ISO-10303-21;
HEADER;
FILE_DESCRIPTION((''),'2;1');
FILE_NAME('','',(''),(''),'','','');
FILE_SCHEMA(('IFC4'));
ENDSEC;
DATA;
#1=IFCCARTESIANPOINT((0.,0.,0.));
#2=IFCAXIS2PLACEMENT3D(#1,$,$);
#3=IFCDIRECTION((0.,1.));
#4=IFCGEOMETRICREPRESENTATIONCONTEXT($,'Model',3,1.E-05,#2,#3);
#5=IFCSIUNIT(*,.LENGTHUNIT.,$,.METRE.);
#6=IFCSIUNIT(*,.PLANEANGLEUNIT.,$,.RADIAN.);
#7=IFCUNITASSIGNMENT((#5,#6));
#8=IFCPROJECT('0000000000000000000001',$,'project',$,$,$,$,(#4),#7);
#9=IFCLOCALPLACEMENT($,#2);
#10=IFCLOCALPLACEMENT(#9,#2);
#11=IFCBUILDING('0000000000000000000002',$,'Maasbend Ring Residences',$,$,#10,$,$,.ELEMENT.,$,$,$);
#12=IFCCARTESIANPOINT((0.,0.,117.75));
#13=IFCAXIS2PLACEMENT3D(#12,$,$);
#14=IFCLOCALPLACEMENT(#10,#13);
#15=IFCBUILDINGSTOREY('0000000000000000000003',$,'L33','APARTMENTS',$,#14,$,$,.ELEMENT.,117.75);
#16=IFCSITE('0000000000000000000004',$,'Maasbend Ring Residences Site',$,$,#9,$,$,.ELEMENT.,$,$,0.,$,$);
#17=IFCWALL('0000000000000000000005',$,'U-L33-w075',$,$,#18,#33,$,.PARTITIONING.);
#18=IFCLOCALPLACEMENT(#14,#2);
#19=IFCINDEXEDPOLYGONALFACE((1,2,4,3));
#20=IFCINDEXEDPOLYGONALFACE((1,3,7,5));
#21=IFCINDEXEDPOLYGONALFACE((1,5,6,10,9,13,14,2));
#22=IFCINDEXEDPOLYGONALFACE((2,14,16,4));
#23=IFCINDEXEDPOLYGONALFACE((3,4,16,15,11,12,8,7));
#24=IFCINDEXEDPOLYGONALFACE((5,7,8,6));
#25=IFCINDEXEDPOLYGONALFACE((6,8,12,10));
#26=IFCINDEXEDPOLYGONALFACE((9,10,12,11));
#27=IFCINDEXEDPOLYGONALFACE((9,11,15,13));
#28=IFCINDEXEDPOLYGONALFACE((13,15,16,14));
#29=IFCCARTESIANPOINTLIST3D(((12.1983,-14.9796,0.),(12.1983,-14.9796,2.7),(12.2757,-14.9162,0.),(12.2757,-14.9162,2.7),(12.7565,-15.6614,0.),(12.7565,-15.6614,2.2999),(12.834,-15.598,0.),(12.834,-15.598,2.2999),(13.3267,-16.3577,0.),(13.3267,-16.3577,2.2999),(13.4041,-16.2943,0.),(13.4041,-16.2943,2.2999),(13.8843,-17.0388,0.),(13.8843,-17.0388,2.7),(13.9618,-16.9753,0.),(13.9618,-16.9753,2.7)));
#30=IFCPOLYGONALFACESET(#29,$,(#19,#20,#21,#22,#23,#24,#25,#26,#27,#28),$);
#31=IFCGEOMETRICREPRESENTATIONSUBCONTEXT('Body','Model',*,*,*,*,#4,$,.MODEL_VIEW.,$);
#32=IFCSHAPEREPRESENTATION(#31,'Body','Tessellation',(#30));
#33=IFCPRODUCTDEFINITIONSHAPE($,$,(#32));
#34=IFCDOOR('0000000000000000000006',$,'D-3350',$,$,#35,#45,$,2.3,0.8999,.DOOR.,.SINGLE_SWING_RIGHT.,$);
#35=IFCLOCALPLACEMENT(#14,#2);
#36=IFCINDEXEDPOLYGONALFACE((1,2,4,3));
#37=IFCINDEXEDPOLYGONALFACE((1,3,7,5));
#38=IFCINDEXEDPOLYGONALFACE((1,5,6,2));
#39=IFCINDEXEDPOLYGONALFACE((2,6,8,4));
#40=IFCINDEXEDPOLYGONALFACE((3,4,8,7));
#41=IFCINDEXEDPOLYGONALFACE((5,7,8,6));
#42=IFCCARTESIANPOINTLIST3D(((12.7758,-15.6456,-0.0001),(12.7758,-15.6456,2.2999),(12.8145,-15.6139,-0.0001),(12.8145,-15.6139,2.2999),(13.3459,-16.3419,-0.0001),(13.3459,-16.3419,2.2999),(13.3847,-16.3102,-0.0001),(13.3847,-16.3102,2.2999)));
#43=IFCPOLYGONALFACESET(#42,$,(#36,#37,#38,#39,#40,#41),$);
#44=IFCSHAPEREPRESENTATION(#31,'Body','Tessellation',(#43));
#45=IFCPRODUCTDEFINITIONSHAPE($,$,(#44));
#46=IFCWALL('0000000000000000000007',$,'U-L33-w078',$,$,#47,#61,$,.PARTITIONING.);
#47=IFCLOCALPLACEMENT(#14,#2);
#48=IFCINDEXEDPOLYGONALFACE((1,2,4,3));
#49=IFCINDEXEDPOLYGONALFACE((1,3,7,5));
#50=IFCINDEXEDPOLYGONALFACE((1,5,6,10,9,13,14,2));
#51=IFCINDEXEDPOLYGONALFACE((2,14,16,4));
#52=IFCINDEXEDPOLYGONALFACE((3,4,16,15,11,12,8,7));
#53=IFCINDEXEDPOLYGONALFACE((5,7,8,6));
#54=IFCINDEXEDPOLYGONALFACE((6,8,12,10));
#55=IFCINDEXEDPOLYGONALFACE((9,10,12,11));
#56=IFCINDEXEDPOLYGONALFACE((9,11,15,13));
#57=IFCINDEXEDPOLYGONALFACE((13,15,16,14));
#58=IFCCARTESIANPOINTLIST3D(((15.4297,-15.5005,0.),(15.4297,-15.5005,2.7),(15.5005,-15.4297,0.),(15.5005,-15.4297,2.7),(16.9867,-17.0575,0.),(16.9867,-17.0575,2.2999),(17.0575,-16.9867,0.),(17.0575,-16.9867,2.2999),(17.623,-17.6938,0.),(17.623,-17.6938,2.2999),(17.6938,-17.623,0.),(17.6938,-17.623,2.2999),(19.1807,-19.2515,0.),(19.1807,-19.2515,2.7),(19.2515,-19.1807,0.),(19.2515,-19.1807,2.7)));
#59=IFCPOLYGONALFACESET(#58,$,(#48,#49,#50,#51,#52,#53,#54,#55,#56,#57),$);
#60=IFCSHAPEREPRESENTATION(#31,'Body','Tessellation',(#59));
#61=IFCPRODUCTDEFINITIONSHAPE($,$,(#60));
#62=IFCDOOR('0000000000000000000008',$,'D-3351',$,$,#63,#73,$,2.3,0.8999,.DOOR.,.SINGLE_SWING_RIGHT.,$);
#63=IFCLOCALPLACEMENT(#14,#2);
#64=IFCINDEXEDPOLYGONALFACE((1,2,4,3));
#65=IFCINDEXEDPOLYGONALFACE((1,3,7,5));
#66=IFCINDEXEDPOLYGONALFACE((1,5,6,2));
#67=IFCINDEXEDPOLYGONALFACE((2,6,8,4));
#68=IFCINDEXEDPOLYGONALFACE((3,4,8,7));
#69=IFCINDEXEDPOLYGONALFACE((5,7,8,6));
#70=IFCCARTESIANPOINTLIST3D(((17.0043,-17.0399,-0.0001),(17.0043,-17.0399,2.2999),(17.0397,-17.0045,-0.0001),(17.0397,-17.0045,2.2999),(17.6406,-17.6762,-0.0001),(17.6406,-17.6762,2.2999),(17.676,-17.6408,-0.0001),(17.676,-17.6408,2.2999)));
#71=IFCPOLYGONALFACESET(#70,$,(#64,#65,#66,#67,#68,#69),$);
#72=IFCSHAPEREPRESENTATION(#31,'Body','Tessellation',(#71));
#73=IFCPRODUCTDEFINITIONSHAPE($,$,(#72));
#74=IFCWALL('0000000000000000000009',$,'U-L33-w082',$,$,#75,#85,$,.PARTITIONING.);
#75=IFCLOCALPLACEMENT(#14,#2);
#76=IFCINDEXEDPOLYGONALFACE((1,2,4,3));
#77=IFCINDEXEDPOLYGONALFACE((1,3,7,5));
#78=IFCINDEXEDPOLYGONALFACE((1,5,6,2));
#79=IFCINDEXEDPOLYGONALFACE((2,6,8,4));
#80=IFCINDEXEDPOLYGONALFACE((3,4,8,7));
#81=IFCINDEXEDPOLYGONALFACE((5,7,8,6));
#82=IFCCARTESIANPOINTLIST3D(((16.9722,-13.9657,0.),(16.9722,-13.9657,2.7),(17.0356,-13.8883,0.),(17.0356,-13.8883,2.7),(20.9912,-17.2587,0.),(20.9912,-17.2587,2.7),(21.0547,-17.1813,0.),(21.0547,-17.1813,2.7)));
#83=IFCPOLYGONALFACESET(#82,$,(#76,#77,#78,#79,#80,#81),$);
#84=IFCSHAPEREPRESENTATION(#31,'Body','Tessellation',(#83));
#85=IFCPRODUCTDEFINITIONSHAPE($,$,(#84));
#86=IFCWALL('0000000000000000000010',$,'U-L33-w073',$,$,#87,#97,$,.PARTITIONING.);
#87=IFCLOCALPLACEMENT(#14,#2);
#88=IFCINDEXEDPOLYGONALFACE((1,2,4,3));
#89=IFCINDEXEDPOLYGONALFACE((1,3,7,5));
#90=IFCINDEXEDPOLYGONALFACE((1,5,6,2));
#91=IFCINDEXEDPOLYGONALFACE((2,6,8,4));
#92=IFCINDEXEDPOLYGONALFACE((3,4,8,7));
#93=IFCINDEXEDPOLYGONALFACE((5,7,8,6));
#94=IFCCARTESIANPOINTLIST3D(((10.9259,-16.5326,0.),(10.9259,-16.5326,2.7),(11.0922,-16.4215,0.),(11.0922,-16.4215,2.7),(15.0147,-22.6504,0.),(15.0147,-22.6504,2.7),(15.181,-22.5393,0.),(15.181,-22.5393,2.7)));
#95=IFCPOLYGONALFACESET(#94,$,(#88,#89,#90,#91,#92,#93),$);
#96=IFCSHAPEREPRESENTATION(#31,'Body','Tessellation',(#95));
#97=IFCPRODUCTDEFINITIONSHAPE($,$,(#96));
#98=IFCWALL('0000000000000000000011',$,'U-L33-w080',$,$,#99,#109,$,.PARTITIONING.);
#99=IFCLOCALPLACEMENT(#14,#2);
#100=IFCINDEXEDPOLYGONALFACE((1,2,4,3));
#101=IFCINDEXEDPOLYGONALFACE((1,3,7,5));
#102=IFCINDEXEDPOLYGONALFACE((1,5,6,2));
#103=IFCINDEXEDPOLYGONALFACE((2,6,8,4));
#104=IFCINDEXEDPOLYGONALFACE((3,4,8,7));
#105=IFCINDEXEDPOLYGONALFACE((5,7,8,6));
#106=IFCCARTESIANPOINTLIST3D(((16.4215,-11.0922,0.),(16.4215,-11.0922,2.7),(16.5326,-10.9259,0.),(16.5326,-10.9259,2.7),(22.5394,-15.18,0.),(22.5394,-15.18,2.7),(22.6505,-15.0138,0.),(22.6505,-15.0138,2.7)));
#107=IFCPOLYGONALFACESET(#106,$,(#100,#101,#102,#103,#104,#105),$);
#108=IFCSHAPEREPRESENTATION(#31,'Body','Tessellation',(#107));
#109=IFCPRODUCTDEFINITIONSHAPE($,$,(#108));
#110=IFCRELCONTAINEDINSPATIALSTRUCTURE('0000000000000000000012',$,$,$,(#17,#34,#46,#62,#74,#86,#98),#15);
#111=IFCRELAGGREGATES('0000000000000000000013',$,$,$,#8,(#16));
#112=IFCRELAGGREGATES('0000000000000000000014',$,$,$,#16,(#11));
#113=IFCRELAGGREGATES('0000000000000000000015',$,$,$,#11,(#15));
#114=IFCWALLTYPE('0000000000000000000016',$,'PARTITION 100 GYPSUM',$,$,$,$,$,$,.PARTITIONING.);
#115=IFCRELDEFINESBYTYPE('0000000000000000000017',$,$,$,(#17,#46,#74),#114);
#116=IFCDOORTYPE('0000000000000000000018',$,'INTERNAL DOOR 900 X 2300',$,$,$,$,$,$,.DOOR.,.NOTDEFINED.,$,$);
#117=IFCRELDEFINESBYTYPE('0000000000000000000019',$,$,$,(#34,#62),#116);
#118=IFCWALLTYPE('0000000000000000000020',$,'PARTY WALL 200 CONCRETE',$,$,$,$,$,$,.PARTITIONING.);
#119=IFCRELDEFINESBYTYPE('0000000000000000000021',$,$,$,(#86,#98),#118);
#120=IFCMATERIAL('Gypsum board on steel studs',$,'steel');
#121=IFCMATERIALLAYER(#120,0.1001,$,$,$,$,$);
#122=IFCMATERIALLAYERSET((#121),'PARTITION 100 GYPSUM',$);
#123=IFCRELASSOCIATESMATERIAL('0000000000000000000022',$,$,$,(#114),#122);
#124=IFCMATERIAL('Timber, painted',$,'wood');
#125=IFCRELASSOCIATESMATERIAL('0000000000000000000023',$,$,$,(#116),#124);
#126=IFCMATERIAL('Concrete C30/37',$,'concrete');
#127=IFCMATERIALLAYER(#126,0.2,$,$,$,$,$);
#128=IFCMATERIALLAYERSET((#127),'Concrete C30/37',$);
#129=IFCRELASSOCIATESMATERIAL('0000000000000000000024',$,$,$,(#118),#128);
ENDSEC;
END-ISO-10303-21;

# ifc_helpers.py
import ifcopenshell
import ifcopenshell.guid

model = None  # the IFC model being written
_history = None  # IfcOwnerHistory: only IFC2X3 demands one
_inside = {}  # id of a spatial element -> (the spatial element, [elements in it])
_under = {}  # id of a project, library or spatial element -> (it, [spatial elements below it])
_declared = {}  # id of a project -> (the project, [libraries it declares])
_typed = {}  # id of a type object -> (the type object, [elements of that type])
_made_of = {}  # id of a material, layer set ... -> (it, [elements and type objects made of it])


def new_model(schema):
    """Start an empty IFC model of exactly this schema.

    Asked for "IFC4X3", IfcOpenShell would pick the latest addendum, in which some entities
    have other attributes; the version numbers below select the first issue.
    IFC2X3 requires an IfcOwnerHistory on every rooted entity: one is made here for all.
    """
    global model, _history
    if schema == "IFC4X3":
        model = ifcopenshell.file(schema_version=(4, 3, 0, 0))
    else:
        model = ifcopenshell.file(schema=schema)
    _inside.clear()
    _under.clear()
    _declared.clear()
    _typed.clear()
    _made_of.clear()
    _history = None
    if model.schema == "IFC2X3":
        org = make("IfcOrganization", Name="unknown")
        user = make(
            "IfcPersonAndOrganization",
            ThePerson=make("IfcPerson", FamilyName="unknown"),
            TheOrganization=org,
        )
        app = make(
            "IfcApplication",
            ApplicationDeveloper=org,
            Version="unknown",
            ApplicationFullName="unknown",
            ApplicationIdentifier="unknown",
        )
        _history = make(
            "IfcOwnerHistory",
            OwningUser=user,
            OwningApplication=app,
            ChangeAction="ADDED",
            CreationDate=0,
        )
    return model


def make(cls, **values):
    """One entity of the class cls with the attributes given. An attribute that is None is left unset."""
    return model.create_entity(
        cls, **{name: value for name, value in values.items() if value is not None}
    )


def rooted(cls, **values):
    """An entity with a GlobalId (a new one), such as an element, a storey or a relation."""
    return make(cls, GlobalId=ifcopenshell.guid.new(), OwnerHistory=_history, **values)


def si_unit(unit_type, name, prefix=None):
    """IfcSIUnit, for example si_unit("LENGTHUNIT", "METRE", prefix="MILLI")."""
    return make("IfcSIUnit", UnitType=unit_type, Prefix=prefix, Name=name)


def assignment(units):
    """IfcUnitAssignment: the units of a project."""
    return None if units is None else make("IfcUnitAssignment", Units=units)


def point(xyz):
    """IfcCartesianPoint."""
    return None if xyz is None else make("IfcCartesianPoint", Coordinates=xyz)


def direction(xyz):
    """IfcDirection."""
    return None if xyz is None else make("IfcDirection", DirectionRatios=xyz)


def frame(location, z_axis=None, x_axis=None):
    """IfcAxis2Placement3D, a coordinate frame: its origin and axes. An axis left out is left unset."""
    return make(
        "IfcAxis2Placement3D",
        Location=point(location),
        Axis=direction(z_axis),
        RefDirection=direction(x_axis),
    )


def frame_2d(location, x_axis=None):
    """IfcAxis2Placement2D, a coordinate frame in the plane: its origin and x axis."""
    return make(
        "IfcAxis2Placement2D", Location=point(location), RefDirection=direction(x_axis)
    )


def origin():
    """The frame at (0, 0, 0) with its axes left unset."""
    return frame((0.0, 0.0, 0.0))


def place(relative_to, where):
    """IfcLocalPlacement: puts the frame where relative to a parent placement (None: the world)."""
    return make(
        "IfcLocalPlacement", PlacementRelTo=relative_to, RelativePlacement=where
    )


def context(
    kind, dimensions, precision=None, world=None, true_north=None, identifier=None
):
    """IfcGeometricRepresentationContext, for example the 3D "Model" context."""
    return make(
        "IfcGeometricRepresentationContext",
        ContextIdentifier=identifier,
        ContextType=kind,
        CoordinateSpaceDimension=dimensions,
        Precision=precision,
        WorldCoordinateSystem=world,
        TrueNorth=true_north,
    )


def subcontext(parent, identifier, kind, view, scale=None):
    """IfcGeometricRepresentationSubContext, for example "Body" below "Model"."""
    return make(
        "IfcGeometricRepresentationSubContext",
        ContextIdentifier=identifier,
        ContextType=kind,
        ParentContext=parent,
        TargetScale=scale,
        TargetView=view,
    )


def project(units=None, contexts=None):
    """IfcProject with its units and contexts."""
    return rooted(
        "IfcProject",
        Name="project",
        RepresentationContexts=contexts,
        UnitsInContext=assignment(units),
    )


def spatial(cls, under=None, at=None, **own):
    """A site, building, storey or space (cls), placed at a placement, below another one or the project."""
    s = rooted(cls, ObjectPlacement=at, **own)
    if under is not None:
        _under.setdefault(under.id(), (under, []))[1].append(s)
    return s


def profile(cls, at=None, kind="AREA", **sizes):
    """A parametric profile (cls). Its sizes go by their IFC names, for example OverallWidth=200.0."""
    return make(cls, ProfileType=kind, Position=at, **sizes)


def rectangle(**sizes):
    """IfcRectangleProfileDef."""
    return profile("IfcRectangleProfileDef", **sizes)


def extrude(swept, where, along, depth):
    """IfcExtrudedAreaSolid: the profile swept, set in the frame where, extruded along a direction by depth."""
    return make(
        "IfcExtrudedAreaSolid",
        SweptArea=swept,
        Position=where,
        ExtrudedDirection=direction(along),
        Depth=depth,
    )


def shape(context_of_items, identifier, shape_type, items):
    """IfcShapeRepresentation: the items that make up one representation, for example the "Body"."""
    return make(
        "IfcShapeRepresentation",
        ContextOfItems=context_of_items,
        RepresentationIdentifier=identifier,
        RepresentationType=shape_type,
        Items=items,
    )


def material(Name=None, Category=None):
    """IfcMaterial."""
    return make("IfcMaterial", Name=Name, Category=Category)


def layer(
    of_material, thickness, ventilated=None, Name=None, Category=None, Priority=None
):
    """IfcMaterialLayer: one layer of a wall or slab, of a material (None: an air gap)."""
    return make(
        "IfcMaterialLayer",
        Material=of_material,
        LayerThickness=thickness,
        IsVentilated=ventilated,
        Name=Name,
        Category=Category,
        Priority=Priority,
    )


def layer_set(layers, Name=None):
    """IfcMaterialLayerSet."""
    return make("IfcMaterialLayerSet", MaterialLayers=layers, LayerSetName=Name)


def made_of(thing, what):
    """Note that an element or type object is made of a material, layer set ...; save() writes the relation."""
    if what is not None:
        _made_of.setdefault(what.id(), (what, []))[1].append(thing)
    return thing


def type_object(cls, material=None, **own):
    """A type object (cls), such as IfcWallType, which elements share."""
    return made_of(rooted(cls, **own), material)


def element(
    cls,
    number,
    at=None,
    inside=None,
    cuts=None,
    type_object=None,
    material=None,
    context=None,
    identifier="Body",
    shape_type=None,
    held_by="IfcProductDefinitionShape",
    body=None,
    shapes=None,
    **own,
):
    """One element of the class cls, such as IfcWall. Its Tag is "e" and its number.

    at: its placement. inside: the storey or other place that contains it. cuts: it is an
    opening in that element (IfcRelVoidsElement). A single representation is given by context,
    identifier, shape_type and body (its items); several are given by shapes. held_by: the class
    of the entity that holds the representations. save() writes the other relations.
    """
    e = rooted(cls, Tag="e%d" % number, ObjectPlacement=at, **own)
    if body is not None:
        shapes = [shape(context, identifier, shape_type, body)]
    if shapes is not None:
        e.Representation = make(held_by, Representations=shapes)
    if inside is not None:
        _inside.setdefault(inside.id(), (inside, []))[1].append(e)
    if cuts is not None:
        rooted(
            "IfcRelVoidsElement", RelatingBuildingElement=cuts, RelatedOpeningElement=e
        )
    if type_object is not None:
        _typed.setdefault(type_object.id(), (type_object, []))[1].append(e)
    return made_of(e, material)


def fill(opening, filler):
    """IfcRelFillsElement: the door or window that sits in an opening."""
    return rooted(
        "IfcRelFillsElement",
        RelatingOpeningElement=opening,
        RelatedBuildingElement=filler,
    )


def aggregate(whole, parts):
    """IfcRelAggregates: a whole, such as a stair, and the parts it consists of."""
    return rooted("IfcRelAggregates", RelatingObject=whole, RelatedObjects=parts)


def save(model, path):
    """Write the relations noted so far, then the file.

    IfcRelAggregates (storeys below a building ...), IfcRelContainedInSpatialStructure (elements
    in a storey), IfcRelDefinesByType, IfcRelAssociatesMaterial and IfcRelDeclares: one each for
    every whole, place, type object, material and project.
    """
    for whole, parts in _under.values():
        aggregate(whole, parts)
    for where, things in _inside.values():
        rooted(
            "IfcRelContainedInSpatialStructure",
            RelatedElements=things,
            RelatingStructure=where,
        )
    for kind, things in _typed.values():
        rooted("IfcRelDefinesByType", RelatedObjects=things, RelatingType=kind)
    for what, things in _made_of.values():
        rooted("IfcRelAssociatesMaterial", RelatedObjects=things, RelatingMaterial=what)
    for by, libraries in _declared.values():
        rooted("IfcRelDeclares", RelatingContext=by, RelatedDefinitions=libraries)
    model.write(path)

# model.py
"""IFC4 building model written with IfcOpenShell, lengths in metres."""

from ifc_helpers import new_model, si_unit, direction, frame, frame_2d, origin, place, context, subcontext, project, spatial, rectangle, extrude, material, layer, layer_set, type_object, element, fill, save


model = new_model("IFC4")

# Units and contexts
model_context = context("Model", 3, precision=1e-05, world=origin(), true_north=direction((0.0, 1.0)))
body_context = subcontext(model_context, "Body", "Model", "MODEL_VIEW")
ifc_project = project(units=[si_unit("LENGTHUNIT", "METRE"), si_unit("PLANEANGLEUNIT", "RADIAN")], contexts=[model_context])

# Site, building, storey
site_placement = place(None, origin())
site = spatial("IfcSite", under=ifc_project, at=site_placement, Name="Maasbend Ring Residences Site", CompositionType="ELEMENT", RefElevation=0.0)
building_placement = place(site_placement, origin())
building = spatial("IfcBuilding", under=site, at=building_placement, Name="Maasbend Ring Residences", CompositionType="ELEMENT")
storey_placement = place(building_placement, frame((0.0, 0.0, 117.75)))
storey = spatial("IfcBuildingStorey", under=building, at=storey_placement, Name="L33", Description="APARTMENTS", CompositionType="ELEMENT", Elevation=117.75)

# Walls, openings, doors
ifc_material_1 = material(Name="Gypsum board on steel studs", Category="steel")
ifc_layer_1 = layer(ifc_material_1, 0.1001)
ifc_layer_set_1 = layer_set([ifc_layer_1], Name="PARTITION 100 GYPSUM")
wall_type_1 = type_object("IfcWallType", Name="PARTITION 100 GYPSUM", PredefinedType="PARTITIONING", material=ifc_layer_set_1)
ifc_material_2 = material(Name="Timber, painted", Category="wood")
door_type_1 = type_object("IfcDoorType", Name="INTERNAL DOOR 900 X 2300", OperationType="NOTDEFINED", PredefinedType="DOOR", material=ifc_material_2)
wall_1_placement = place(storey_placement, frame((12.2371, -14.948, 0.0), z_axis=(0.0, 0.0, 1.0), x_axis=(0.633537, -0.773712, 0.0)))
wall_1 = element("IfcWall", 1, at=wall_1_placement, inside=storey, type_object=wall_type_1, Name="U-L33-w075", PredefinedType="PARTITIONING", context=body_context, shape_type="SweptSolid", body=[
    extrude(rectangle(XDim=2.6614, YDim=0.1001, at=frame_2d((1.3306, 0.0))), origin(), (0.0, 0.0, 1.0), 2.7),
])
opening_1_placement = place(wall_1_placement, frame((0.8811, 0.0, 0.0)))
opening_1 = element("IfcOpeningElement", 2, at=opening_1_placement, cuts=wall_1, PredefinedType="OPENING", context=body_context, shape_type="SweptSolid", body=[
    extrude(rectangle(XDim=0.8999, YDim=2.3, at=frame_2d((0.45, 1.1499))), frame((0.0, 0.0601, 0.0), z_axis=(0.0, -1.0, 0.0), x_axis=(1.0, 0.0, 0.0)), (0.0, 0.0, 1.0), 0.1201),
])
door_1_placement = place(opening_1_placement, origin())
door_1 = element("IfcDoor", 3, at=door_1_placement, inside=storey, type_object=door_type_1, Name="D-3350", OperationType="SINGLE_SWING_RIGHT", OverallHeight=2.3, OverallWidth=0.8999, PredefinedType="DOOR", context=body_context, shape_type="SweptSolid", body=[
    extrude(rectangle(XDim=0.8999, YDim=2.3, at=frame_2d((0.45, 1.1499))), frame((0.0, 0.0249, 0.0), z_axis=(0.0, -1.0, 0.0), x_axis=(1.0, 0.0, 0.0)), (0.0, 0.0, 1.0), 0.05),
])
fill(opening_1, door_1)
wall_2_placement = place(storey_placement, frame((15.4651, -15.4651, 0.0), z_axis=(0.0, 0.0, 1.0), x_axis=(0.707107, -0.707107, 0.0)))
wall_2 = element("IfcWall", 4, at=wall_2_placement, inside=storey, type_object=wall_type_1, Name="U-L33-w078", PredefinedType="PARTITIONING", context=body_context, shape_type="SweptSolid", body=[
    extrude(rectangle(XDim=5.3047, YDim=0.1001, at=frame_2d((2.6523, 0.0))), origin(), (0.0, 0.0, 1.0), 2.7),
])
opening_2_placement = place(wall_2_placement, frame((2.2019, 0.0, 0.0)))
opening_2 = element("IfcOpeningElement", 5, at=opening_2_placement, cuts=wall_2, PredefinedType="OPENING", context=body_context, shape_type="SweptSolid", body=[
    extrude(rectangle(XDim=0.8999, YDim=2.3, at=frame_2d((0.45, 1.1499))), frame((0.0, 0.0601, 0.0), z_axis=(0.0, -1.0, 0.0), x_axis=(1.0, 0.0, 0.0)), (0.0, 0.0, 1.0), 0.1201),
])
door_2_placement = place(opening_2_placement, origin())
door_2 = element("IfcDoor", 6, at=door_2_placement, inside=storey, type_object=door_type_1, Name="D-3351", OperationType="SINGLE_SWING_RIGHT", OverallHeight=2.3, OverallWidth=0.8999, PredefinedType="DOOR", context=body_context, shape_type="SweptSolid", body=[
    extrude(rectangle(XDim=0.8999, YDim=2.3, at=frame_2d((0.45, 1.1499))), frame((0.0, 0.0249, 0.0), z_axis=(0.0, -1.0, 0.0), x_axis=(1.0, 0.0, 0.0)), (0.0, 0.0, 1.0), 0.05),
])
fill(opening_2, door_2)

# Walls
wall_3_placement = place(storey_placement, frame((17.0039, -13.927, 0.0), z_axis=(0.0, 0.0, 1.0), x_axis=(0.773517, -0.633775, 0.0)))
element("IfcWall", 7, at=wall_3_placement, inside=storey, type_object=wall_type_1, Name="U-L33-w082", PredefinedType="PARTITIONING", context=body_context, shape_type="SweptSolid", body=[
    extrude(rectangle(XDim=5.1958, YDim=0.1001, at=frame_2d((2.5979, 0.0))), origin(), (0.0, 0.0, 1.0), 2.7),
])
ifc_material_3 = material(Name="Concrete C30/37", Category="concrete")
ifc_layer_2 = layer(ifc_material_3, 0.2)
ifc_layer_set_2 = layer_set([ifc_layer_2], Name="Concrete C30/37")
wall_type_2 = type_object("IfcWallType", Name="PARTY WALL 200 CONCRETE", PredefinedType="PARTITIONING", material=ifc_layer_set_2)
wall_4_placement = place(storey_placement, frame((11.009, -16.4771, 0.0), z_axis=(0.0, 0.0, 1.0), x_axis=(0.555665, -0.831407, 0.0)))
element("IfcWall", 8, at=wall_4_placement, inside=storey, type_object=wall_type_2, Name="U-L33-w073", PredefinedType="PARTITIONING", context=body_context, shape_type="SweptSolid", body=[
    extrude(rectangle(XDim=7.3584, YDim=0.2, at=frame_2d((3.6792, 0.0))), origin(), (0.0, 0.0, 1.0), 2.7),
])
wall_5_placement = place(storey_placement, frame((16.4771, -11.009, 0.0), z_axis=(0.0, 0.0, 1.0), x_axis=(0.831468, -0.555573, 0.0)))
element("IfcWall", 9, at=wall_5_placement, inside=storey, type_object=wall_type_2, Name="U-L33-w080", PredefinedType="PARTITIONING", context=body_context, shape_type="SweptSolid", body=[
    extrude(rectangle(XDim=7.3579, YDim=0.2, at=frame_2d((3.679, 0.0))), origin(), (0.0, 0.0, 1.0), 2.7),
])

save(model, "model.ifc")
